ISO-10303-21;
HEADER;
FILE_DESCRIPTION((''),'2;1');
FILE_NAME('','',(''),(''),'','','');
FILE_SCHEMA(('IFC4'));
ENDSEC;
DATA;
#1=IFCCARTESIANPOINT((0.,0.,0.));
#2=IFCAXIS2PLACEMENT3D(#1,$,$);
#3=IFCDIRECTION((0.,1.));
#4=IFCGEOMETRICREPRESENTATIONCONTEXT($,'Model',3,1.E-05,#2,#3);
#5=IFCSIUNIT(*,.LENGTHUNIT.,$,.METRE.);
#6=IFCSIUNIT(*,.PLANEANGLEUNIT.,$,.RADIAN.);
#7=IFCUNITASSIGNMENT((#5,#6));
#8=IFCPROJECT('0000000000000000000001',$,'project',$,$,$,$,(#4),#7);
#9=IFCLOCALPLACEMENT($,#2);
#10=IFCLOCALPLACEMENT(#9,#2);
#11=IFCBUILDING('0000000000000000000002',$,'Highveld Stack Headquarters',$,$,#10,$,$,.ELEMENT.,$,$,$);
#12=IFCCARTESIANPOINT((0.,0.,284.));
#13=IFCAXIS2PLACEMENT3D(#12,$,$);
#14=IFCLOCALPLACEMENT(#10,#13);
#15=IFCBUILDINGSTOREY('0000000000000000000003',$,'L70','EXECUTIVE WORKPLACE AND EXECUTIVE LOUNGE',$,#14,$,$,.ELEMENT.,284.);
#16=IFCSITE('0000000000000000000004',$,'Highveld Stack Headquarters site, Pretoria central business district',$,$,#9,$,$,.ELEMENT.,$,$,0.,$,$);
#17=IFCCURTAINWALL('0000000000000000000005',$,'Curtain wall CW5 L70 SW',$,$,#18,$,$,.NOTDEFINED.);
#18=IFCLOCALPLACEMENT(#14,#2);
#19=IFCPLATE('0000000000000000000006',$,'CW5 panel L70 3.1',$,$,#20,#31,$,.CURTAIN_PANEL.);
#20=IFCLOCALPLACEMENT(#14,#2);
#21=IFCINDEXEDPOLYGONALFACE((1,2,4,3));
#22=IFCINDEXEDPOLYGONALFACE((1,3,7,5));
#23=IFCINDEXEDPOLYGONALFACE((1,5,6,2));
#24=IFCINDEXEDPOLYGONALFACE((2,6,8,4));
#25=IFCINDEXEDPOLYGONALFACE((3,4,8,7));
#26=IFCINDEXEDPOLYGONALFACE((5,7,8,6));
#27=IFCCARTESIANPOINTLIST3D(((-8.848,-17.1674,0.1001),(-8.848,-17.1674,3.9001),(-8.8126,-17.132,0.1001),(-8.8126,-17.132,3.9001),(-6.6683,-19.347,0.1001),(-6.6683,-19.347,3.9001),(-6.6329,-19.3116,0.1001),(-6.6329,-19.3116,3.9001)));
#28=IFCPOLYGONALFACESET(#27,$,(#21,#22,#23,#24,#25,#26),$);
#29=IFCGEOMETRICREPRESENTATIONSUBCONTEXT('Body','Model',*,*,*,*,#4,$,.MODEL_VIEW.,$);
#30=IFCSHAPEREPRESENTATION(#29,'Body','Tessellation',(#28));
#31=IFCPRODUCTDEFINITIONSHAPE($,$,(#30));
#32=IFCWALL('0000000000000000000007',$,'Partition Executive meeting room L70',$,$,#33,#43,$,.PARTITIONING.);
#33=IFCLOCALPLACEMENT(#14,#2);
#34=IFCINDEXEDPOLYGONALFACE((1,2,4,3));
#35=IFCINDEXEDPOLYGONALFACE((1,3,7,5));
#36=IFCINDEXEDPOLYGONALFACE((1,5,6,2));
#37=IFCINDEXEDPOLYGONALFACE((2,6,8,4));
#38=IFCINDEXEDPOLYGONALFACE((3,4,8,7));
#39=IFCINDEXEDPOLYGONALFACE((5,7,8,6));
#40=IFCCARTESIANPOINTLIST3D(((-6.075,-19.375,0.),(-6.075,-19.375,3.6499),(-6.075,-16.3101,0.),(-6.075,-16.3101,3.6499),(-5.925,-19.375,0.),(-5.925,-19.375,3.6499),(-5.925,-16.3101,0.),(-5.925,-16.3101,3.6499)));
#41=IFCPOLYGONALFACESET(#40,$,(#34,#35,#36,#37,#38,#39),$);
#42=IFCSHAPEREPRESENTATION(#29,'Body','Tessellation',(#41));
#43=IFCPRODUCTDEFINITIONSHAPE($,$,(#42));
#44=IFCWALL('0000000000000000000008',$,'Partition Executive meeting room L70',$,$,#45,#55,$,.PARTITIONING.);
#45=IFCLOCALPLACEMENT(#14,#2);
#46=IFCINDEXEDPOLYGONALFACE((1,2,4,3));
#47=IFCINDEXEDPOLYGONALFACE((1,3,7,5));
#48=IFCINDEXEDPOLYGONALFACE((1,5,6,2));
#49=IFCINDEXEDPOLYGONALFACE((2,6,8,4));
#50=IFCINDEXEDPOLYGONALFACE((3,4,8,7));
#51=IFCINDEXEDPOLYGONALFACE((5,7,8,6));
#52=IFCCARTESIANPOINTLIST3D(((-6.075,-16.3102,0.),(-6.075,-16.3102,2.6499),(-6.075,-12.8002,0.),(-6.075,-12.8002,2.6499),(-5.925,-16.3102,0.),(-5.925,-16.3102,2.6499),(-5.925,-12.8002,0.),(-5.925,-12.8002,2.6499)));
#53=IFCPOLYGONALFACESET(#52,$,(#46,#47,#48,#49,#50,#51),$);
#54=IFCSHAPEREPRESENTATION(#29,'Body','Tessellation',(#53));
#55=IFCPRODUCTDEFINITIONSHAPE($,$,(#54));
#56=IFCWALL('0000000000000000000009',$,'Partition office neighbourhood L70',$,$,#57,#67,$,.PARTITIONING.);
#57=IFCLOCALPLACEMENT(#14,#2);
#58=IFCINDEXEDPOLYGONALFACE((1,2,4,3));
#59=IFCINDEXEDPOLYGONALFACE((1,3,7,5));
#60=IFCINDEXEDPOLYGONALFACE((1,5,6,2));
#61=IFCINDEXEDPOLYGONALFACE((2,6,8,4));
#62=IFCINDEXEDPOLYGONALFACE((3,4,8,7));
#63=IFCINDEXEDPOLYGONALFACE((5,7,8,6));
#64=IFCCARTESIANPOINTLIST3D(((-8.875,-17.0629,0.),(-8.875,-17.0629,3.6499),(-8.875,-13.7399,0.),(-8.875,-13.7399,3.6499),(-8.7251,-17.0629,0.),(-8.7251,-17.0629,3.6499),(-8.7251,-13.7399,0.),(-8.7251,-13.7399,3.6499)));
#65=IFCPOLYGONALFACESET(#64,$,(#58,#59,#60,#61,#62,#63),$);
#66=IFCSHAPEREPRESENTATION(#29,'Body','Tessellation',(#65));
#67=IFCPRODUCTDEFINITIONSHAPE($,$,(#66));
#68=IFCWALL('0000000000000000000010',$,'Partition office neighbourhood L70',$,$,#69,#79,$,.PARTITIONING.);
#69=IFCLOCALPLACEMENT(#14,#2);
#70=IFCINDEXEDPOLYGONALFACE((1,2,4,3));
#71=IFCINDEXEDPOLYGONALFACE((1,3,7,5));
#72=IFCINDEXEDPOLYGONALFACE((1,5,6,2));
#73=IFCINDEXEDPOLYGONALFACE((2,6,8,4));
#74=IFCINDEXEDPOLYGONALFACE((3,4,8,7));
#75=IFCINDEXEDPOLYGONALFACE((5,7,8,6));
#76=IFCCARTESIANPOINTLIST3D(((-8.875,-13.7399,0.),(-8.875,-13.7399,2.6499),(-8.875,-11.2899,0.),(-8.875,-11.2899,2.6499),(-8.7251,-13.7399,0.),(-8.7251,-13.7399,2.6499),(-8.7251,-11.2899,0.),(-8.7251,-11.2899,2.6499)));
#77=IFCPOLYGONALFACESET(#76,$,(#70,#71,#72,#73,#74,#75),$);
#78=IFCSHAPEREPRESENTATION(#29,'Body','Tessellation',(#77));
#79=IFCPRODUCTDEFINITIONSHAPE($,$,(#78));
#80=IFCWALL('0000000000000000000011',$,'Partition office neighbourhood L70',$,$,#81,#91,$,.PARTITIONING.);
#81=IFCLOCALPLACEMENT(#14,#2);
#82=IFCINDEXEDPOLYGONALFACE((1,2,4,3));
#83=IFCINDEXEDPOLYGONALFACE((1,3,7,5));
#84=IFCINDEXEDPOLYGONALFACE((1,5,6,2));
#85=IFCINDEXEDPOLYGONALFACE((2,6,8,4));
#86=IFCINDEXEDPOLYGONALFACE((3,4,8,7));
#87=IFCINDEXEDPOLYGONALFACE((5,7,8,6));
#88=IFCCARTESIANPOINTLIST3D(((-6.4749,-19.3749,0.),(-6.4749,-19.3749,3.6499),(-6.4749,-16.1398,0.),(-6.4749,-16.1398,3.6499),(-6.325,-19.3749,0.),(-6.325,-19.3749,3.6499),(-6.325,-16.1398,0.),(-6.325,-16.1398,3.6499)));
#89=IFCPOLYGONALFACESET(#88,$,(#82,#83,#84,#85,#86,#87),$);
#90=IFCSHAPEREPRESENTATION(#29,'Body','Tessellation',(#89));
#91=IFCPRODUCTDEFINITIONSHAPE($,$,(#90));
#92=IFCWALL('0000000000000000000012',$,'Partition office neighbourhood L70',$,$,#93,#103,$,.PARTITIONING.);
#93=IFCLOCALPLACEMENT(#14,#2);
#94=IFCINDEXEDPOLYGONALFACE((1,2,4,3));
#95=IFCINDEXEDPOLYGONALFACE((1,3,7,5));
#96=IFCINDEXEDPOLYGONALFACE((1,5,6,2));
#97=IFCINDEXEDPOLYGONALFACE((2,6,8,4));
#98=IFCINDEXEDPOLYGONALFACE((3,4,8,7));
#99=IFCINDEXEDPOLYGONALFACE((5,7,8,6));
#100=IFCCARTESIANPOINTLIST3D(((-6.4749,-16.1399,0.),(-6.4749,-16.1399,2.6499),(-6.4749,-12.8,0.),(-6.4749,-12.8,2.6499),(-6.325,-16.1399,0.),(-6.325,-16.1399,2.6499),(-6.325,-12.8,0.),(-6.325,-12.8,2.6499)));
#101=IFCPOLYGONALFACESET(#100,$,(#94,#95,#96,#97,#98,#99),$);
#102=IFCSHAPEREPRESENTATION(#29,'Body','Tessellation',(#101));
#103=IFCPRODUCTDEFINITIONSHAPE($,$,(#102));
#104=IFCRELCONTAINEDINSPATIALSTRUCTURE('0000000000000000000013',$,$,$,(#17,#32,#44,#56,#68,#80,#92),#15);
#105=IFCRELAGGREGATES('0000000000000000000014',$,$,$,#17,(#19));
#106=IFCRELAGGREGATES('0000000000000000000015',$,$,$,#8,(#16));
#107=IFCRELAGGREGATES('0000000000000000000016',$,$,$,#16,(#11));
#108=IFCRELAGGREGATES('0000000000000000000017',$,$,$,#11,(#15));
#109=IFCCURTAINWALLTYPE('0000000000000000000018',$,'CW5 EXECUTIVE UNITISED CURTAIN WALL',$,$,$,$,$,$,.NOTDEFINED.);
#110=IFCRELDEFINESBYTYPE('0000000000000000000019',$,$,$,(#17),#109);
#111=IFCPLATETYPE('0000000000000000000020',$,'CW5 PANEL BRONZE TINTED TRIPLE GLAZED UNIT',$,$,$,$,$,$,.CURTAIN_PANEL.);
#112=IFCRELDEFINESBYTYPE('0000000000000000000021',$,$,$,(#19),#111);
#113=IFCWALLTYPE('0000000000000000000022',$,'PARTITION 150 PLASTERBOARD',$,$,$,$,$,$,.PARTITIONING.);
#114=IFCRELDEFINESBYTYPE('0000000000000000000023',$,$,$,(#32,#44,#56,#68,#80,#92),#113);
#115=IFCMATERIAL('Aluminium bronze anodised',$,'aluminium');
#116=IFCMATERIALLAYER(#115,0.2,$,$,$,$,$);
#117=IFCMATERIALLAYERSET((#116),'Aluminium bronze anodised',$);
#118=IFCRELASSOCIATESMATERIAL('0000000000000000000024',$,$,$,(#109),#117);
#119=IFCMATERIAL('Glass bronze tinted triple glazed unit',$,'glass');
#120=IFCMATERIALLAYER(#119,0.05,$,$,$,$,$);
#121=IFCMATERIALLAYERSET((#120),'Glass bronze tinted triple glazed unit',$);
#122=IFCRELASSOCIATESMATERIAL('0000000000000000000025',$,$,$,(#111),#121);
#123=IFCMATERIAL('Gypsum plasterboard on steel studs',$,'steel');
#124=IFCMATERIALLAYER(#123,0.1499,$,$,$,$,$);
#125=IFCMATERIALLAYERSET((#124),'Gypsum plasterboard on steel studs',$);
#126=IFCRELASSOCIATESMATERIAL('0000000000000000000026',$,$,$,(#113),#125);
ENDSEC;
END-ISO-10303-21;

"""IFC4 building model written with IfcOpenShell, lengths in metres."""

from ifc_helpers import new_model, si_unit, direction, frame, frame_2d, origin, origin_2d, place, context, subcontext, project, spatial, rectangle, extrude, material, layer, layer_set, type_object, element, aggregate, save


model = new_model("IFC4")

# Units and contexts
model_context = context("Model", 3, precision=1e-05, world=origin(), true_north=direction((0.0, 1.0)))
body_context = subcontext(model_context, "Body", "Model", "MODEL_VIEW")
ifc_project = project(units=[si_unit("LENGTHUNIT", "METRE"), si_unit("PLANEANGLEUNIT", "RADIAN")], contexts=[model_context])

# Site, building, storey
site_placement = place(None, origin())
site = spatial("IfcSite", under=ifc_project, at=site_placement, Name="Highveld Stack Headquarters site, Pretoria central business district", CompositionType="ELEMENT", RefElevation=0.0)
building_placement = place(site_placement, origin())
building = spatial("IfcBuilding", under=site, at=building_placement, Name="Highveld Stack Headquarters", CompositionType="ELEMENT")
storey_placement = place(building_placement, frame((0.0, 0.0, 284.0)))
storey = spatial("IfcBuildingStorey", under=building, at=storey_placement, Name="L70", Description="EXECUTIVE WORKPLACE AND EXECUTIVE LOUNGE", CompositionType="ELEMENT", Elevation=284.0)

# Shared definitions
ifc_material_1 = material(Name="Aluminium bronze anodised", Category="aluminium")
ifc_layer_1 = layer(ifc_material_1, 0.2)
ifc_layer_set_1 = layer_set([ifc_layer_1], Name="Aluminium bronze anodised")
curtain_wall_type = type_object("IfcCurtainWallType", Name="CW5 EXECUTIVE UNITISED CURTAIN WALL", PredefinedType="NOTDEFINED", material=ifc_layer_set_1)

# Curtain wall
curtain_wall_1_placement = place(storey_placement, origin())
curtain_wall_1 = element("IfcCurtainWall", 1, at=curtain_wall_1_placement, inside=storey, type_object=curtain_wall_type, Name="Curtain wall CW5 L70 SW", PredefinedType="NOTDEFINED")

# Plate
ifc_material_2 = material(Name="Glass bronze tinted triple glazed unit", Category="glass")
ifc_layer_2 = layer(ifc_material_2, 0.05)
ifc_layer_set_2 = layer_set([ifc_layer_2], Name="Glass bronze tinted triple glazed unit")
plate_type = type_object("IfcPlateType", Name="CW5 PANEL BRONZE TINTED TRIPLE GLAZED UNIT", PredefinedType="CURTAIN_PANEL", material=ifc_layer_set_2)
plate_1_placement = place(storey_placement, frame((-7.7405, -18.2395, 0.1001), z_axis=(0.0, 0.0, 1.0), x_axis=(0.707107, -0.707107, 0.0)))
plate_1 = element("IfcPlate", 2, at=plate_1_placement, type_object=plate_type, Name="CW5 panel L70 3.1", PredefinedType="CURTAIN_PANEL", context=body_context, shape_type="SweptSolid", body=[
    extrude(rectangle(XDim=3.0825, YDim=0.05, at=origin_2d()), origin(), (0.0, 0.0, 1.0), 3.8),
])
aggregate(curtain_wall_1, [plate_1])

# Walls
ifc_material_3 = material(Name="Gypsum plasterboard on steel studs", Category="steel")
ifc_layer_3 = layer(ifc_material_3, 0.1499)
ifc_layer_set_3 = layer_set([ifc_layer_3], Name="Gypsum plasterboard on steel studs")
wall_type = type_object("IfcWallType", Name="PARTITION 150 PLASTERBOARD", PredefinedType="PARTITIONING", material=ifc_layer_set_3)
wall_1_placement = place(storey_placement, frame((-6.0, -19.375, 0.0), z_axis=(0.0, 0.0, 1.0), x_axis=(0.0, 1.0, 0.0)))
element("IfcWall", 3, at=wall_1_placement, inside=storey, type_object=wall_type, Name="Partition Executive meeting room L70", PredefinedType="PARTITIONING", context=body_context, shape_type="SweptSolid", body=[
    extrude(rectangle(XDim=3.0649, YDim=0.1499, at=frame_2d((1.5325, 0.0))), origin(), (0.0, 0.0, 1.0), 3.6499),
])
wall_2_placement = place(storey_placement, frame((-6.0, -16.3101, 0.0), z_axis=(0.0, 0.0, 1.0), x_axis=(0.0, 1.0, 0.0)))
element("IfcWall", 4, at=wall_2_placement, inside=storey, type_object=wall_type, Name="Partition Executive meeting room L70", PredefinedType="PARTITIONING", context=body_context, shape_type="SweptSolid", body=[
    extrude(rectangle(XDim=3.51, YDim=0.1499, at=frame_2d((1.7549, 0.0))), origin(), (0.0, 0.0, 1.0), 2.6499),
])
wall_3_placement = place(storey_placement, frame((-8.8, -17.063, 0.0), z_axis=(0.0, 0.0, 1.0), x_axis=(0.0, 1.0, 0.0)))
element("IfcWall", 5, at=wall_3_placement, inside=storey, type_object=wall_type, Name="Partition office neighbourhood L70", PredefinedType="PARTITIONING", context=body_context, shape_type="SweptSolid", body=[
    extrude(rectangle(XDim=3.323, YDim=0.1499, at=frame_2d((1.6616, 0.0))), origin(), (0.0, 0.0, 1.0), 3.6499),
])
wall_4_placement = place(storey_placement, frame((-8.8, -13.74, 0.0), z_axis=(0.0, 0.0, 1.0), x_axis=(0.0, 1.0, 0.0)))
element("IfcWall", 6, at=wall_4_placement, inside=storey, type_object=wall_type, Name="Partition office neighbourhood L70", PredefinedType="PARTITIONING", context=body_context, shape_type="SweptSolid", body=[
    extrude(rectangle(XDim=2.45, YDim=0.1499, at=frame_2d((1.2251, 0.0))), origin(), (0.0, 0.0, 1.0), 2.6499),
])
wall_5_placement = place(storey_placement, frame((-6.3999, -19.375, 0.0), z_axis=(0.0, 0.0, 1.0), x_axis=(0.0, 1.0, 0.0)))
element("IfcWall", 7, at=wall_5_placement, inside=storey, type_object=wall_type, Name="Partition office neighbourhood L70", PredefinedType="PARTITIONING", context=body_context, shape_type="SweptSolid", body=[
    extrude(rectangle(XDim=3.2351, YDim=0.1499, at=frame_2d((1.6177, 0.0))), origin(), (0.0, 0.0, 1.0), 3.6499),
])
wall_6_placement = place(storey_placement, frame((-6.3999, -16.1399, 0.0), z_axis=(0.0, 0.0, 1.0), x_axis=(0.0, 1.0, 0.0)))
element("IfcWall", 8, at=wall_6_placement, inside=storey, type_object=wall_type, Name="Partition office neighbourhood L70", PredefinedType="PARTITIONING", context=body_context, shape_type="SweptSolid", body=[
    extrude(rectangle(XDim=3.3398, YDim=0.1499, at=frame_2d((1.6699, 0.0))), origin(), (0.0, 0.0, 1.0), 2.6499),
])

save(model, "model.ifc")
